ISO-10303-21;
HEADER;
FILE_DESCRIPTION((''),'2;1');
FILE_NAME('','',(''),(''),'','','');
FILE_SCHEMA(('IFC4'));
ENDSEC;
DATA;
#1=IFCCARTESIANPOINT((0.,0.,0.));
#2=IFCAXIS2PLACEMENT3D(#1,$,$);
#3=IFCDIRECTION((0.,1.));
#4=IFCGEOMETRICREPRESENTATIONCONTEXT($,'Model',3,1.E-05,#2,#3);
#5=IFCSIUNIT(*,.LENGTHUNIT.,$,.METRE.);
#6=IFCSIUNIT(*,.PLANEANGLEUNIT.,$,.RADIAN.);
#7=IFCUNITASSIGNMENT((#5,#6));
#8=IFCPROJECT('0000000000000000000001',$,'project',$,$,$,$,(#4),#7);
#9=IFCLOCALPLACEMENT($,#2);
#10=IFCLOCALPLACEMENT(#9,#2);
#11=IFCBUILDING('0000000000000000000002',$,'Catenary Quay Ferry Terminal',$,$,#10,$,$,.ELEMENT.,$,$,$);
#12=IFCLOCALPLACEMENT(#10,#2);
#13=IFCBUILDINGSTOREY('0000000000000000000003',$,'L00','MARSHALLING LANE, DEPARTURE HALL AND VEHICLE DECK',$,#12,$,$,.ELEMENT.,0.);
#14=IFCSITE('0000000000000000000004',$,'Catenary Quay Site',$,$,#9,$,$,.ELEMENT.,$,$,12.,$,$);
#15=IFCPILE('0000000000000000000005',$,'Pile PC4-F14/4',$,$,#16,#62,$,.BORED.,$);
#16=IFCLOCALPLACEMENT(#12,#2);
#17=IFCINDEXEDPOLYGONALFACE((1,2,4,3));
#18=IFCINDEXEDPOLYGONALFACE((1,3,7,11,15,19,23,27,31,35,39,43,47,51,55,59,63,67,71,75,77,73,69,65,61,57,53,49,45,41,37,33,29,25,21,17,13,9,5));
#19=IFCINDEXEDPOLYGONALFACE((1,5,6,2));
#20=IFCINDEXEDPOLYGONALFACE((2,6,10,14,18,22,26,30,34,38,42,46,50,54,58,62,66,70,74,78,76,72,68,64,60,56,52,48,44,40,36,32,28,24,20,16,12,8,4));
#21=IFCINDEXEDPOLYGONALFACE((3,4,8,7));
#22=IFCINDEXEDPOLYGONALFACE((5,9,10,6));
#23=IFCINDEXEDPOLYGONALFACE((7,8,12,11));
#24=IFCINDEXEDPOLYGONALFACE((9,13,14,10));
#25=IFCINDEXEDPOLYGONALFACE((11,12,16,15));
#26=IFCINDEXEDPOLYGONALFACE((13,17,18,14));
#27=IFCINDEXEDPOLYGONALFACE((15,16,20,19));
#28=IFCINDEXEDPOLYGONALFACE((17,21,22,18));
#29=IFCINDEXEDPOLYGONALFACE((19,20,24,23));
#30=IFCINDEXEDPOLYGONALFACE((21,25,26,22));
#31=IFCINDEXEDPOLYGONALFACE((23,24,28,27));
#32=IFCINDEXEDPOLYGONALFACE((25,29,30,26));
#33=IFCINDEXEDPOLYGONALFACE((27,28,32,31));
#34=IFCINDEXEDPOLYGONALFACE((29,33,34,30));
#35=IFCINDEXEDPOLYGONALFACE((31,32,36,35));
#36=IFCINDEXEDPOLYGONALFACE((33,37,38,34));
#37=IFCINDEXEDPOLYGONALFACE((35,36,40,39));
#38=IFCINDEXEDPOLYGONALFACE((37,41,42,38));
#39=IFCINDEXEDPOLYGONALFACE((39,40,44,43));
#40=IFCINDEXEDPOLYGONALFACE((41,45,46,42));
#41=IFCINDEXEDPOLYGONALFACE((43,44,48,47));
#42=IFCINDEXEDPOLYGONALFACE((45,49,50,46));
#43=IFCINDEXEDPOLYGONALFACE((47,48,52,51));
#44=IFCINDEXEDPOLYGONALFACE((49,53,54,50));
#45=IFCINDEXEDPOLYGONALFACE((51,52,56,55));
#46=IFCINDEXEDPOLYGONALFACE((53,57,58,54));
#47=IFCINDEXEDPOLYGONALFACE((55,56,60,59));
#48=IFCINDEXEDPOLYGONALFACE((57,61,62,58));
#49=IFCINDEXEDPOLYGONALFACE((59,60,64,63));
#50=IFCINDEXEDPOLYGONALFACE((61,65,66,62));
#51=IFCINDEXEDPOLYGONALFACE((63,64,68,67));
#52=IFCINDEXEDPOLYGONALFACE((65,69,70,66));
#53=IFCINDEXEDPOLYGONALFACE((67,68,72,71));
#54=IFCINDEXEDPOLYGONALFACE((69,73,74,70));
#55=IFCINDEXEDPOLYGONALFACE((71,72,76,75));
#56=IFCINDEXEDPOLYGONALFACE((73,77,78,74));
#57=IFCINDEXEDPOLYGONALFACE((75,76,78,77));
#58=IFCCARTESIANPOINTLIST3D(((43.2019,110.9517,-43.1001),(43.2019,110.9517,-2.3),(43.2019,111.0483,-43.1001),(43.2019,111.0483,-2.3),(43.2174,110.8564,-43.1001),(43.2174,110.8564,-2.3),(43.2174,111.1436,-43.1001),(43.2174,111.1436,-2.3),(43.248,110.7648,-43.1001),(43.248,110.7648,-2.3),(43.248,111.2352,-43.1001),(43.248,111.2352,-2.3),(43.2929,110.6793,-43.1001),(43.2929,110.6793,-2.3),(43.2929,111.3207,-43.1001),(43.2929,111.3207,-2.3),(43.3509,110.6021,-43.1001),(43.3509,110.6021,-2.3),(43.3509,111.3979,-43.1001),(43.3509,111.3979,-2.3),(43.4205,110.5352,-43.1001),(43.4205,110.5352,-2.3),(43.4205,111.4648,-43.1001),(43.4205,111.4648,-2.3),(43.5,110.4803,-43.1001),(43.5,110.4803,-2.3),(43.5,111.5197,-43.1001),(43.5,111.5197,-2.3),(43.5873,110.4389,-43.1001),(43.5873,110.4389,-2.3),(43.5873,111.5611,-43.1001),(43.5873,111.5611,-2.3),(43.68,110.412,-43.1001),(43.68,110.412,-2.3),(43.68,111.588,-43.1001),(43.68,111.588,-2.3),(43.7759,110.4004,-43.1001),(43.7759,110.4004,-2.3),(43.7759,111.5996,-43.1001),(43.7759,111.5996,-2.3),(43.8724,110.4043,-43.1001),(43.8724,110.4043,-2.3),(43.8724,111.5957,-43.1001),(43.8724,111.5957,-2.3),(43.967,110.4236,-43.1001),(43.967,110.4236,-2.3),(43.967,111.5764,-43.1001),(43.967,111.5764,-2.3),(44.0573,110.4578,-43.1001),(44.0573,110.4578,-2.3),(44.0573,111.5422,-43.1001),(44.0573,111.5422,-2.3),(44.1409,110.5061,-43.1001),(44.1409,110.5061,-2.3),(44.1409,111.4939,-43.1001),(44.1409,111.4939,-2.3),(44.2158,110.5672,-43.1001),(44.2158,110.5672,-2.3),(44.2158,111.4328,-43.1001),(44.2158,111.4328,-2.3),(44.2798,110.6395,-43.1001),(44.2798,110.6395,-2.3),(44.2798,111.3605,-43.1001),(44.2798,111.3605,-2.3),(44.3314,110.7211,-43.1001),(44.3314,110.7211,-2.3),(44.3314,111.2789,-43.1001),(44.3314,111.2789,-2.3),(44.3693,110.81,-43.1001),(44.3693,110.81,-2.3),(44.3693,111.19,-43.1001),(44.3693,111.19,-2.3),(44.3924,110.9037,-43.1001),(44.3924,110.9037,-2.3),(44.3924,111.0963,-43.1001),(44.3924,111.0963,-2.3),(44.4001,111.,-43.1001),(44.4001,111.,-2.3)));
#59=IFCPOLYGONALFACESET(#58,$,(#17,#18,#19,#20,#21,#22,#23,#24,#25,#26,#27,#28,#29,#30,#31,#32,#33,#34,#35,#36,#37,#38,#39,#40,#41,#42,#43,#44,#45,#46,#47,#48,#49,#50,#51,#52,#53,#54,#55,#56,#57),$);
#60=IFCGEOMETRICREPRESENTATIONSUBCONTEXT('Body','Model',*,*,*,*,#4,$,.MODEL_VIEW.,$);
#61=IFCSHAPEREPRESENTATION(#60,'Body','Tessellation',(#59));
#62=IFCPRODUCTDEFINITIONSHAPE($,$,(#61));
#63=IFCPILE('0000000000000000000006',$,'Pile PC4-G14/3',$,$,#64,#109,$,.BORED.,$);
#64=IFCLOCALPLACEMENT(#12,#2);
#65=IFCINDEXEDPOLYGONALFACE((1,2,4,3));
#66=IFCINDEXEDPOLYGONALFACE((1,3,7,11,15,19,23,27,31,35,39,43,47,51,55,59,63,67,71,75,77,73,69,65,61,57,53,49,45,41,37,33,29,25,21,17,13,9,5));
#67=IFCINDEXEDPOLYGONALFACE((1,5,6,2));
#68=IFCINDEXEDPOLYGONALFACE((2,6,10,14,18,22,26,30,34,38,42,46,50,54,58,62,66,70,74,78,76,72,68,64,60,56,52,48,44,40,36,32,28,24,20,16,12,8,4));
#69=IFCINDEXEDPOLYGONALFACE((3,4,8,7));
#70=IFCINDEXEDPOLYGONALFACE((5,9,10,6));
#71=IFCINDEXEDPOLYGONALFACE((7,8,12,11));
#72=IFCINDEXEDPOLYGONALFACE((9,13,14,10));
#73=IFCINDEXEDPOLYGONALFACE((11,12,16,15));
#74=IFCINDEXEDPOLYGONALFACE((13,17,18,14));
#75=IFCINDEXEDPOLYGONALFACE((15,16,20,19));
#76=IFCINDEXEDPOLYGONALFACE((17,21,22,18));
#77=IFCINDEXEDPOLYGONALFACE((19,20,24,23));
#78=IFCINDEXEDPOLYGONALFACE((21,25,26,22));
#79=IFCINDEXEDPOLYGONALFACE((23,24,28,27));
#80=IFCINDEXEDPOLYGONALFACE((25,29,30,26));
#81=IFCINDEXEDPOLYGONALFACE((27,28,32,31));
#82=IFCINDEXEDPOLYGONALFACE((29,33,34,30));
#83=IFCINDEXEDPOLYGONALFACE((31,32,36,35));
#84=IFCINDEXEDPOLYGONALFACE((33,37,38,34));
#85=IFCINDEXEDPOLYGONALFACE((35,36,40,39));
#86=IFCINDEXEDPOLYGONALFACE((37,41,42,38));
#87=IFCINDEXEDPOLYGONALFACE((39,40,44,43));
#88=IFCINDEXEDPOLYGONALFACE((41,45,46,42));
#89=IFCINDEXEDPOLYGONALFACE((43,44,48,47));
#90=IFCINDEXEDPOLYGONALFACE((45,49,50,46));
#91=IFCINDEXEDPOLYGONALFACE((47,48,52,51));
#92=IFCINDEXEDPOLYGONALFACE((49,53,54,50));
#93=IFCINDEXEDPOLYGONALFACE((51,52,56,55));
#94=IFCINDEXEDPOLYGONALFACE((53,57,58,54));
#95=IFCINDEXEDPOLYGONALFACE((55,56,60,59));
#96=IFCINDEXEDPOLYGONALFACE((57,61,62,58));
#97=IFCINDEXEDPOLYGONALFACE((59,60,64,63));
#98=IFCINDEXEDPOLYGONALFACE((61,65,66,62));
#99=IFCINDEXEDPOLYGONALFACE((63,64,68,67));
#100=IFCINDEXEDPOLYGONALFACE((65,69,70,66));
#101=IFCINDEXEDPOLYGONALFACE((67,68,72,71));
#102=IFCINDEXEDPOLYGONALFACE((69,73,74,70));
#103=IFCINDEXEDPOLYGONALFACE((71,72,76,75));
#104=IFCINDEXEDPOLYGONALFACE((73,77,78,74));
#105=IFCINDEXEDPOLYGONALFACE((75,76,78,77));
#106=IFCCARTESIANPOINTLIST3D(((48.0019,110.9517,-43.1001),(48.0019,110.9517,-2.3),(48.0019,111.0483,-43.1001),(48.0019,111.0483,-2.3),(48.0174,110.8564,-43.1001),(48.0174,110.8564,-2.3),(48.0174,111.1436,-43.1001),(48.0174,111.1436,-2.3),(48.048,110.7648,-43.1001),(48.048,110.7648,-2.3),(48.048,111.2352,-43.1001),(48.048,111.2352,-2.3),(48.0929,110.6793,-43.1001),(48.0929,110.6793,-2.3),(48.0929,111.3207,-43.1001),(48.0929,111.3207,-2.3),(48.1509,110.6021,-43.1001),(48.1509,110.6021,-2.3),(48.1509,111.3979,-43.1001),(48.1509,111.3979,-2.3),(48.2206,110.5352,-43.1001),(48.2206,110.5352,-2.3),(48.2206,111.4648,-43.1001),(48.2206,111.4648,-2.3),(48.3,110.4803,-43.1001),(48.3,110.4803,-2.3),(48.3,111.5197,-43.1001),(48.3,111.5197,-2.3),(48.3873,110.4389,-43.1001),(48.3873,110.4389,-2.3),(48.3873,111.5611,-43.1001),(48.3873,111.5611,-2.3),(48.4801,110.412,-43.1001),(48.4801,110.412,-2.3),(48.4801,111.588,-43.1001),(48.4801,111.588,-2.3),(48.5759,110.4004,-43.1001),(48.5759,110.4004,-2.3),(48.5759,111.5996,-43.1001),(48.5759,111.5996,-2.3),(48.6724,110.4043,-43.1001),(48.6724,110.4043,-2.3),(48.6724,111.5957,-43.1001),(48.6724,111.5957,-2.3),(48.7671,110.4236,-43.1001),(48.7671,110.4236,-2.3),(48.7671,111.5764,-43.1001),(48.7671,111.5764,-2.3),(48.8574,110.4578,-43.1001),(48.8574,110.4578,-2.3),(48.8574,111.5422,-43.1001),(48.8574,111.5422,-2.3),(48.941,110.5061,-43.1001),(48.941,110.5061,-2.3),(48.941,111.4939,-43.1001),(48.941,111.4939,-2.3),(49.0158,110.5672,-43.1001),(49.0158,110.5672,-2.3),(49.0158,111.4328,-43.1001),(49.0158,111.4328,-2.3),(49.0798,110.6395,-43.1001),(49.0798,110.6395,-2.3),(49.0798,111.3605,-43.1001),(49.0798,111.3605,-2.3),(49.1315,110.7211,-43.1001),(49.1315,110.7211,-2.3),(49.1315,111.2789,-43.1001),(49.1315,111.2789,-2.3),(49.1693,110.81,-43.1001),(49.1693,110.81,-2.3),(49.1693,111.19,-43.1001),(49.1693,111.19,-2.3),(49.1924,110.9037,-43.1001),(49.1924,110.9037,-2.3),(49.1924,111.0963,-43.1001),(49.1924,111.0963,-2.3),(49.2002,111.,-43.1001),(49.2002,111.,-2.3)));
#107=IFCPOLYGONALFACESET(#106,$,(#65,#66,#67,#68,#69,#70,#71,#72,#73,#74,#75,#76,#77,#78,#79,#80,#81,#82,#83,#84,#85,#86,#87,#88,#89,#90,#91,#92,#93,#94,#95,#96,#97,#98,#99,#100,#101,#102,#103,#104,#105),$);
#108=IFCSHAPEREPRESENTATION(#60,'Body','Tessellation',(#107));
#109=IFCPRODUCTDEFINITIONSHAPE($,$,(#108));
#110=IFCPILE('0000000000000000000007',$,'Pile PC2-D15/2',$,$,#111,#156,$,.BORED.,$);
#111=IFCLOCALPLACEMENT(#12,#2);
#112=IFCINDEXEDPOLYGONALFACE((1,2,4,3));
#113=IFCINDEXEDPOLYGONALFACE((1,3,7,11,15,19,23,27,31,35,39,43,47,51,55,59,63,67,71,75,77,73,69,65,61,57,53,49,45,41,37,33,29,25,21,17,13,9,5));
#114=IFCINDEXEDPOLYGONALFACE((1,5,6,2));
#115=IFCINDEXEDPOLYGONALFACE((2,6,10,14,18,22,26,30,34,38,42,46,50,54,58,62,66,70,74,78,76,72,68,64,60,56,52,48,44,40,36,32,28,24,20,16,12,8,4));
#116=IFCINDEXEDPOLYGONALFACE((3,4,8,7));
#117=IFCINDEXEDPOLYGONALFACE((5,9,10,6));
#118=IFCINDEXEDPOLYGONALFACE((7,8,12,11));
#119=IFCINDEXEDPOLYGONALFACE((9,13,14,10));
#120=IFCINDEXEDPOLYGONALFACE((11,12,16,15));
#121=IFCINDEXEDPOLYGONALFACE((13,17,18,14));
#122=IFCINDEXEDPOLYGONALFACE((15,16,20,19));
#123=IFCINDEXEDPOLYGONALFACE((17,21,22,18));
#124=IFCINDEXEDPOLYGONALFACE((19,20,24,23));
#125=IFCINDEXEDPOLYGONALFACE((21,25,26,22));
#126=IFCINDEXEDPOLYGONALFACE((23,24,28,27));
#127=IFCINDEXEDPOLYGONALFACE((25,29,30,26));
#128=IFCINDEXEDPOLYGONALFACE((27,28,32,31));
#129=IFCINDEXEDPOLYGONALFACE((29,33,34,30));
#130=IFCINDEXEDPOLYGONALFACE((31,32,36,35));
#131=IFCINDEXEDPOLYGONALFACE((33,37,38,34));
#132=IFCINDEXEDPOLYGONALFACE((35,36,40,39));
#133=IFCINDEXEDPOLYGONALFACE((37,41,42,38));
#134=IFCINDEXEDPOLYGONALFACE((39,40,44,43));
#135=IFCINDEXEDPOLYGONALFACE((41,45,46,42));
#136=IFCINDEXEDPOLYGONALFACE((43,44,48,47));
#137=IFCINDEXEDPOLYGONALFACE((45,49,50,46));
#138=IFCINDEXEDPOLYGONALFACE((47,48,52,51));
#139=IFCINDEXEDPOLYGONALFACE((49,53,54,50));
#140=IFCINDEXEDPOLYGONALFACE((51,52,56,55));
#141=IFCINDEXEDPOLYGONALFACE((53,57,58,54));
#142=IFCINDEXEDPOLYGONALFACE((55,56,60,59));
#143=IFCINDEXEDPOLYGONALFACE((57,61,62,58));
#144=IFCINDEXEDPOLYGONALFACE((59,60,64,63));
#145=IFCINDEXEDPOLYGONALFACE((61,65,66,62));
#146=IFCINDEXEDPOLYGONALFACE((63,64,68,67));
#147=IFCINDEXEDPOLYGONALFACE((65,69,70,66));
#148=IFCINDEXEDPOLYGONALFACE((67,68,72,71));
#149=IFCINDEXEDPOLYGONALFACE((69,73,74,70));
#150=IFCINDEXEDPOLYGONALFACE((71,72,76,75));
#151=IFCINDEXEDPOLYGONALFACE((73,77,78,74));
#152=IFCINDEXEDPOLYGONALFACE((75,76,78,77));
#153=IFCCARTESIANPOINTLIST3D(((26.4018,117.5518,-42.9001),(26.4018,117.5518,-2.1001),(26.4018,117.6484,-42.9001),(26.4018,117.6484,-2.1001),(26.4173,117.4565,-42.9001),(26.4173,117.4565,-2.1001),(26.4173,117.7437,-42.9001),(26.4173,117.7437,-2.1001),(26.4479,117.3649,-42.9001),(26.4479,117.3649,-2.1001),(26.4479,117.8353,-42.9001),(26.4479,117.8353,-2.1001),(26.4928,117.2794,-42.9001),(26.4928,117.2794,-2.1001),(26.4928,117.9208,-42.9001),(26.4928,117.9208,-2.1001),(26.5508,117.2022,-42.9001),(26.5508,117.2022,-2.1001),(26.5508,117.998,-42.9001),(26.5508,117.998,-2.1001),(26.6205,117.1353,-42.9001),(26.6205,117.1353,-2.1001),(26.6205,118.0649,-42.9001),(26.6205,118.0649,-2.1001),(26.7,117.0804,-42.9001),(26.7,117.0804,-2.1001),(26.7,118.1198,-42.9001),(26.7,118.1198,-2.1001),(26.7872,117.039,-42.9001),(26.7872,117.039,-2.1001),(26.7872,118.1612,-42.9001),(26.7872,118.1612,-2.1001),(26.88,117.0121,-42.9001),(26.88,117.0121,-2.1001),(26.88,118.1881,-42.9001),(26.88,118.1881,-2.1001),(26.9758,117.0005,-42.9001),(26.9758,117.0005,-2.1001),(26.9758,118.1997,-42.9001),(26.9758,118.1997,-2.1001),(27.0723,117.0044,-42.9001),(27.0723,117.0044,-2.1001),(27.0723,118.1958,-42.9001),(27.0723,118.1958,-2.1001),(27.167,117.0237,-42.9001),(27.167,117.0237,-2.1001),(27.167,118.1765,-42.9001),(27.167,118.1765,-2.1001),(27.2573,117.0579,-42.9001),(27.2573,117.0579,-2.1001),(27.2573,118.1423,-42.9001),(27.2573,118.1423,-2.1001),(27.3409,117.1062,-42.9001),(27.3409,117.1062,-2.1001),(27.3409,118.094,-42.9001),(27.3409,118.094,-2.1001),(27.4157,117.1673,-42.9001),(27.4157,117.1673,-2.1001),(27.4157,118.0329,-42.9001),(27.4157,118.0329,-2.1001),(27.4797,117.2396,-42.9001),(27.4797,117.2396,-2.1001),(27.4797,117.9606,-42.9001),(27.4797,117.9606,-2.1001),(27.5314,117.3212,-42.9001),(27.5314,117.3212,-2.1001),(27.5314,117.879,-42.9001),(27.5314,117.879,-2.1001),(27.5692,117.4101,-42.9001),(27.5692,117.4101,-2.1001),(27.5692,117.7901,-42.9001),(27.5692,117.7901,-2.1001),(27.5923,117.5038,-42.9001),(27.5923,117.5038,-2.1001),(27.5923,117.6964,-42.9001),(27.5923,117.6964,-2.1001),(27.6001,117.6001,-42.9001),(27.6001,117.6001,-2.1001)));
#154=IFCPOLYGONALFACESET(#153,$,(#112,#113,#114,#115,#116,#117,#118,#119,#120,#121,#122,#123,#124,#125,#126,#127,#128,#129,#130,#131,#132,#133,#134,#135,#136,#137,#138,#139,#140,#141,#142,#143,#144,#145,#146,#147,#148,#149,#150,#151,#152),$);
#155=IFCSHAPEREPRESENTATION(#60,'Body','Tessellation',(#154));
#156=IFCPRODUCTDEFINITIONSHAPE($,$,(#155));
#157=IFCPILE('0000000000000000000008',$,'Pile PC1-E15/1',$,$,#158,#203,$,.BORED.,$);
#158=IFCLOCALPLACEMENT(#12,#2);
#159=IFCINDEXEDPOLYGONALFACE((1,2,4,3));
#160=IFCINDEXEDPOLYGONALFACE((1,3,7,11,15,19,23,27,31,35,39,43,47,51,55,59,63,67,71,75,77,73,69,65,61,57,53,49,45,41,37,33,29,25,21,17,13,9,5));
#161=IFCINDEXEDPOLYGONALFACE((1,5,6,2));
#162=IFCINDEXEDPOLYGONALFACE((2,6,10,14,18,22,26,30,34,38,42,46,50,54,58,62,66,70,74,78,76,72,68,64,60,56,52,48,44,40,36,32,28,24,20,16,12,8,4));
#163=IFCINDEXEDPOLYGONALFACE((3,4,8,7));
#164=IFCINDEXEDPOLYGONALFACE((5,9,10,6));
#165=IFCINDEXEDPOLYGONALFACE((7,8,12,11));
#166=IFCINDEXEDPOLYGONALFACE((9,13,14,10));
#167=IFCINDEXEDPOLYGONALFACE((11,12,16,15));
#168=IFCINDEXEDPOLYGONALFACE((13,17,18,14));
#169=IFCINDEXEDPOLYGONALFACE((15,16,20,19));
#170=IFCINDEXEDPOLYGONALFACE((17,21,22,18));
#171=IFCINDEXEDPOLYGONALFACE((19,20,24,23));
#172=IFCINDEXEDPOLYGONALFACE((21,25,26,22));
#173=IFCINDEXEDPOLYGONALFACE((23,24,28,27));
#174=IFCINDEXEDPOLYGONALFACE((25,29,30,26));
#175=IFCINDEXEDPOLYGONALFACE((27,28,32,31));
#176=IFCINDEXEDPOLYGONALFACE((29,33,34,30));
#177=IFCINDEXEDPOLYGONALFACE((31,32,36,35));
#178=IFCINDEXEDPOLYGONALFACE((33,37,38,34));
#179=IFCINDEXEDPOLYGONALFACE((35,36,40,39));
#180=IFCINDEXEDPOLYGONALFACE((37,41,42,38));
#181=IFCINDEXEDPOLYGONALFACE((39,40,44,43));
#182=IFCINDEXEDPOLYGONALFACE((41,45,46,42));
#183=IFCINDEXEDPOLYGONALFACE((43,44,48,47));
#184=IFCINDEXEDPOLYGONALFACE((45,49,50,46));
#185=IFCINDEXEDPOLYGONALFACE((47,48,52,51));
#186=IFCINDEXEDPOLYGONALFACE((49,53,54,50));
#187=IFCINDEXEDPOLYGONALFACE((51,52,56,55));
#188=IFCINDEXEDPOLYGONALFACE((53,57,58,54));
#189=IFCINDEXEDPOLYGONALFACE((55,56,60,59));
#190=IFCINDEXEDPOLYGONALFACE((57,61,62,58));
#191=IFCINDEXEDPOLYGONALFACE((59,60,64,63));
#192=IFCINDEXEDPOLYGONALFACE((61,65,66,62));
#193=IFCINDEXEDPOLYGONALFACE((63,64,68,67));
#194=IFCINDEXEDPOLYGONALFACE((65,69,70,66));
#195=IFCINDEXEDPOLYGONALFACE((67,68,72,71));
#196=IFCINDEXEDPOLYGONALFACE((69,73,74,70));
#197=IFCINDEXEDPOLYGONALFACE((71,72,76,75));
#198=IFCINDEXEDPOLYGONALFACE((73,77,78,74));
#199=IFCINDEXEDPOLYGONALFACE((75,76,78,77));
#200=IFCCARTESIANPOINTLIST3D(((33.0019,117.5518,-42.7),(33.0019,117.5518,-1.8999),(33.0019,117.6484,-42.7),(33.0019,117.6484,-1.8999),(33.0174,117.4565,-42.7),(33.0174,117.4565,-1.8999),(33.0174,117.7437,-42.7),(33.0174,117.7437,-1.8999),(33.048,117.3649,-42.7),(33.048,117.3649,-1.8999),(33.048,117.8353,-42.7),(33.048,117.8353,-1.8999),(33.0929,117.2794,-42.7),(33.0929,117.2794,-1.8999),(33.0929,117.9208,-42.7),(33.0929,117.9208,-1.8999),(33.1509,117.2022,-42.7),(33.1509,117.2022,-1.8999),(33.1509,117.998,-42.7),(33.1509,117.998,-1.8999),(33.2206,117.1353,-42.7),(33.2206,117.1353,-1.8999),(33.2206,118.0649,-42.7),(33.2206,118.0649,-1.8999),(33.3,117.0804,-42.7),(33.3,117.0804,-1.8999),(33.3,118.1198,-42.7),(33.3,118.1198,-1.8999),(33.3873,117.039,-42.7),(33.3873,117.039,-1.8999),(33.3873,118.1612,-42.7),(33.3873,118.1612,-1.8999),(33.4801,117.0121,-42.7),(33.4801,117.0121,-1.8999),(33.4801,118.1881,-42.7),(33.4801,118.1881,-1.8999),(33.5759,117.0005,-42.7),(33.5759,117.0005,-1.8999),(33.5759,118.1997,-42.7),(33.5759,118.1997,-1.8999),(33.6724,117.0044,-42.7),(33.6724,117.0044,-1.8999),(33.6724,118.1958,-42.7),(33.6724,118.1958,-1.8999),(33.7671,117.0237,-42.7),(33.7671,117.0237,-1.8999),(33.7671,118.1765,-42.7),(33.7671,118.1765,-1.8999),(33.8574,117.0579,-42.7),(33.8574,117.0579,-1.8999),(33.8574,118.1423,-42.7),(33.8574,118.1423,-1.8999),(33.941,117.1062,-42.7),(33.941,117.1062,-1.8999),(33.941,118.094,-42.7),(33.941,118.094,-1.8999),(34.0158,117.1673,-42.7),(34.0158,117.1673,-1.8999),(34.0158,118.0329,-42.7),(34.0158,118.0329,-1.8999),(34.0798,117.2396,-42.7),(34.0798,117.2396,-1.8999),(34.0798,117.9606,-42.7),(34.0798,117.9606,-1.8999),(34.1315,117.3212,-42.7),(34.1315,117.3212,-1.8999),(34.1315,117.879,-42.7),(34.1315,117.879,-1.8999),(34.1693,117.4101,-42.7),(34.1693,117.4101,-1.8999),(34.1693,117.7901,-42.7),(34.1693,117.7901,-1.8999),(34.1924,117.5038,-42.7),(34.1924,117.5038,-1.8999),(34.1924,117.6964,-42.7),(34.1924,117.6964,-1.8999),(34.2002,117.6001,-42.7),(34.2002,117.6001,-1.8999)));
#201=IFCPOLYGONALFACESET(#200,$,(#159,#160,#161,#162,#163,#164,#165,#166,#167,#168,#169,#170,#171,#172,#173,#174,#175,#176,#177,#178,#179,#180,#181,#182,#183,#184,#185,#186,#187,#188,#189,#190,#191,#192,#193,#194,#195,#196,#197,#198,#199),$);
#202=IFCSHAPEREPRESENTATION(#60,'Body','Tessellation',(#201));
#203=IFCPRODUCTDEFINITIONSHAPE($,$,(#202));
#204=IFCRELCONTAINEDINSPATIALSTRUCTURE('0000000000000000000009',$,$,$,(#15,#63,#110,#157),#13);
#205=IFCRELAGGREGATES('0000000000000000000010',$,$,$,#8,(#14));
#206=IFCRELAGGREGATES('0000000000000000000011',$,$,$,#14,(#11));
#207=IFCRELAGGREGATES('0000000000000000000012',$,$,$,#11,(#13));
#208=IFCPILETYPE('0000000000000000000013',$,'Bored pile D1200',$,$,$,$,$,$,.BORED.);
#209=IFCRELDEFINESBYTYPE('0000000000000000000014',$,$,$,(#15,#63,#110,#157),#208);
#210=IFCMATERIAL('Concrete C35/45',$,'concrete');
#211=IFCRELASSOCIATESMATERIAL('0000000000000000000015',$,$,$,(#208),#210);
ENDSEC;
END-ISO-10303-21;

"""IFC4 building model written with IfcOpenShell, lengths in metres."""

from ifc_helpers import new_model, si_unit, direction, frame, origin, origin_2d, place, context, subcontext, project, spatial, circle, extrude, material, material_profile, profile_set, type_object, element, save


model = new_model("IFC4")

# Units and contexts
model_context = context("Model", 3, precision=1e-05, world=origin(), true_north=direction((0.0, 1.0)))
body_context = subcontext(model_context, "Body", "Model", "MODEL_VIEW")
ifc_project = project(units=[si_unit("LENGTHUNIT", "METRE"), si_unit("PLANEANGLEUNIT", "RADIAN")], contexts=[model_context])

# Site, building, storey
site_placement = place(None, origin())
site = spatial("IfcSite", under=ifc_project, at=site_placement, Name="Catenary Quay Site", CompositionType="ELEMENT", RefElevation=12.0)
building_placement = place(site_placement, origin())
building = spatial("IfcBuilding", under=site, at=building_placement, Name="Catenary Quay Ferry Terminal", CompositionType="ELEMENT")
storey_placement = place(building_placement, origin())
storey = spatial("IfcBuildingStorey", under=building, at=storey_placement, Name="L00", Description="MARSHALLING LANE, DEPARTURE HALL AND VEHICLE DECK", CompositionType="ELEMENT", Elevation=0.0)

# Piles
ifc_material_1 = material(Name="Concrete C35/45", Category="concrete")
ifc_material_profile_1 = material_profile(ifc_material_1, circle(Radius=0.6001, at=origin_2d()), Name="D1200")
ifc_profile_set_1 = profile_set([ifc_material_profile_1], Name="Concrete C35/45")
pile_type = type_object("IfcPileType", Name="Bored pile D1200", PredefinedType="BORED", material=ifc_profile_set_1)
for number, where, z_axis, x_axis, name in (
    (1, (43.8, 111.0, -2.3), (0.0, 0.0, -1.0), (1.0, 0.0, 0.0), "Pile PC4-F14/4"),
    (2, (48.6001, 111.0, -2.3), (0.0, 0.0, -1.0), (1.0, 0.0, 0.0), "Pile PC4-G14/3"),
    (3, (27.0, 117.6001, -2.1001), (0.0, 0.0, -1.0), (1.0, 0.0, 0.0), "Pile PC2-D15/2"),
    (4, (33.6001, 117.6001, -1.8999), (0.0, 0.0, -1.0), (1.0, 0.0, 0.0), "Pile PC1-E15/1"),
):
    element("IfcPile", number, at=place(storey_placement, frame(where, z_axis=z_axis, x_axis=x_axis)), inside=storey, type_object=pile_type, Name=name, PredefinedType="BORED", context=body_context, shape_type="SweptSolid", body=[
        extrude(circle(Radius=0.6001, at=origin_2d()), origin(), (0.0, 0.0, 1.0), 40.8),
    ])

save(model, "model.ifc")
